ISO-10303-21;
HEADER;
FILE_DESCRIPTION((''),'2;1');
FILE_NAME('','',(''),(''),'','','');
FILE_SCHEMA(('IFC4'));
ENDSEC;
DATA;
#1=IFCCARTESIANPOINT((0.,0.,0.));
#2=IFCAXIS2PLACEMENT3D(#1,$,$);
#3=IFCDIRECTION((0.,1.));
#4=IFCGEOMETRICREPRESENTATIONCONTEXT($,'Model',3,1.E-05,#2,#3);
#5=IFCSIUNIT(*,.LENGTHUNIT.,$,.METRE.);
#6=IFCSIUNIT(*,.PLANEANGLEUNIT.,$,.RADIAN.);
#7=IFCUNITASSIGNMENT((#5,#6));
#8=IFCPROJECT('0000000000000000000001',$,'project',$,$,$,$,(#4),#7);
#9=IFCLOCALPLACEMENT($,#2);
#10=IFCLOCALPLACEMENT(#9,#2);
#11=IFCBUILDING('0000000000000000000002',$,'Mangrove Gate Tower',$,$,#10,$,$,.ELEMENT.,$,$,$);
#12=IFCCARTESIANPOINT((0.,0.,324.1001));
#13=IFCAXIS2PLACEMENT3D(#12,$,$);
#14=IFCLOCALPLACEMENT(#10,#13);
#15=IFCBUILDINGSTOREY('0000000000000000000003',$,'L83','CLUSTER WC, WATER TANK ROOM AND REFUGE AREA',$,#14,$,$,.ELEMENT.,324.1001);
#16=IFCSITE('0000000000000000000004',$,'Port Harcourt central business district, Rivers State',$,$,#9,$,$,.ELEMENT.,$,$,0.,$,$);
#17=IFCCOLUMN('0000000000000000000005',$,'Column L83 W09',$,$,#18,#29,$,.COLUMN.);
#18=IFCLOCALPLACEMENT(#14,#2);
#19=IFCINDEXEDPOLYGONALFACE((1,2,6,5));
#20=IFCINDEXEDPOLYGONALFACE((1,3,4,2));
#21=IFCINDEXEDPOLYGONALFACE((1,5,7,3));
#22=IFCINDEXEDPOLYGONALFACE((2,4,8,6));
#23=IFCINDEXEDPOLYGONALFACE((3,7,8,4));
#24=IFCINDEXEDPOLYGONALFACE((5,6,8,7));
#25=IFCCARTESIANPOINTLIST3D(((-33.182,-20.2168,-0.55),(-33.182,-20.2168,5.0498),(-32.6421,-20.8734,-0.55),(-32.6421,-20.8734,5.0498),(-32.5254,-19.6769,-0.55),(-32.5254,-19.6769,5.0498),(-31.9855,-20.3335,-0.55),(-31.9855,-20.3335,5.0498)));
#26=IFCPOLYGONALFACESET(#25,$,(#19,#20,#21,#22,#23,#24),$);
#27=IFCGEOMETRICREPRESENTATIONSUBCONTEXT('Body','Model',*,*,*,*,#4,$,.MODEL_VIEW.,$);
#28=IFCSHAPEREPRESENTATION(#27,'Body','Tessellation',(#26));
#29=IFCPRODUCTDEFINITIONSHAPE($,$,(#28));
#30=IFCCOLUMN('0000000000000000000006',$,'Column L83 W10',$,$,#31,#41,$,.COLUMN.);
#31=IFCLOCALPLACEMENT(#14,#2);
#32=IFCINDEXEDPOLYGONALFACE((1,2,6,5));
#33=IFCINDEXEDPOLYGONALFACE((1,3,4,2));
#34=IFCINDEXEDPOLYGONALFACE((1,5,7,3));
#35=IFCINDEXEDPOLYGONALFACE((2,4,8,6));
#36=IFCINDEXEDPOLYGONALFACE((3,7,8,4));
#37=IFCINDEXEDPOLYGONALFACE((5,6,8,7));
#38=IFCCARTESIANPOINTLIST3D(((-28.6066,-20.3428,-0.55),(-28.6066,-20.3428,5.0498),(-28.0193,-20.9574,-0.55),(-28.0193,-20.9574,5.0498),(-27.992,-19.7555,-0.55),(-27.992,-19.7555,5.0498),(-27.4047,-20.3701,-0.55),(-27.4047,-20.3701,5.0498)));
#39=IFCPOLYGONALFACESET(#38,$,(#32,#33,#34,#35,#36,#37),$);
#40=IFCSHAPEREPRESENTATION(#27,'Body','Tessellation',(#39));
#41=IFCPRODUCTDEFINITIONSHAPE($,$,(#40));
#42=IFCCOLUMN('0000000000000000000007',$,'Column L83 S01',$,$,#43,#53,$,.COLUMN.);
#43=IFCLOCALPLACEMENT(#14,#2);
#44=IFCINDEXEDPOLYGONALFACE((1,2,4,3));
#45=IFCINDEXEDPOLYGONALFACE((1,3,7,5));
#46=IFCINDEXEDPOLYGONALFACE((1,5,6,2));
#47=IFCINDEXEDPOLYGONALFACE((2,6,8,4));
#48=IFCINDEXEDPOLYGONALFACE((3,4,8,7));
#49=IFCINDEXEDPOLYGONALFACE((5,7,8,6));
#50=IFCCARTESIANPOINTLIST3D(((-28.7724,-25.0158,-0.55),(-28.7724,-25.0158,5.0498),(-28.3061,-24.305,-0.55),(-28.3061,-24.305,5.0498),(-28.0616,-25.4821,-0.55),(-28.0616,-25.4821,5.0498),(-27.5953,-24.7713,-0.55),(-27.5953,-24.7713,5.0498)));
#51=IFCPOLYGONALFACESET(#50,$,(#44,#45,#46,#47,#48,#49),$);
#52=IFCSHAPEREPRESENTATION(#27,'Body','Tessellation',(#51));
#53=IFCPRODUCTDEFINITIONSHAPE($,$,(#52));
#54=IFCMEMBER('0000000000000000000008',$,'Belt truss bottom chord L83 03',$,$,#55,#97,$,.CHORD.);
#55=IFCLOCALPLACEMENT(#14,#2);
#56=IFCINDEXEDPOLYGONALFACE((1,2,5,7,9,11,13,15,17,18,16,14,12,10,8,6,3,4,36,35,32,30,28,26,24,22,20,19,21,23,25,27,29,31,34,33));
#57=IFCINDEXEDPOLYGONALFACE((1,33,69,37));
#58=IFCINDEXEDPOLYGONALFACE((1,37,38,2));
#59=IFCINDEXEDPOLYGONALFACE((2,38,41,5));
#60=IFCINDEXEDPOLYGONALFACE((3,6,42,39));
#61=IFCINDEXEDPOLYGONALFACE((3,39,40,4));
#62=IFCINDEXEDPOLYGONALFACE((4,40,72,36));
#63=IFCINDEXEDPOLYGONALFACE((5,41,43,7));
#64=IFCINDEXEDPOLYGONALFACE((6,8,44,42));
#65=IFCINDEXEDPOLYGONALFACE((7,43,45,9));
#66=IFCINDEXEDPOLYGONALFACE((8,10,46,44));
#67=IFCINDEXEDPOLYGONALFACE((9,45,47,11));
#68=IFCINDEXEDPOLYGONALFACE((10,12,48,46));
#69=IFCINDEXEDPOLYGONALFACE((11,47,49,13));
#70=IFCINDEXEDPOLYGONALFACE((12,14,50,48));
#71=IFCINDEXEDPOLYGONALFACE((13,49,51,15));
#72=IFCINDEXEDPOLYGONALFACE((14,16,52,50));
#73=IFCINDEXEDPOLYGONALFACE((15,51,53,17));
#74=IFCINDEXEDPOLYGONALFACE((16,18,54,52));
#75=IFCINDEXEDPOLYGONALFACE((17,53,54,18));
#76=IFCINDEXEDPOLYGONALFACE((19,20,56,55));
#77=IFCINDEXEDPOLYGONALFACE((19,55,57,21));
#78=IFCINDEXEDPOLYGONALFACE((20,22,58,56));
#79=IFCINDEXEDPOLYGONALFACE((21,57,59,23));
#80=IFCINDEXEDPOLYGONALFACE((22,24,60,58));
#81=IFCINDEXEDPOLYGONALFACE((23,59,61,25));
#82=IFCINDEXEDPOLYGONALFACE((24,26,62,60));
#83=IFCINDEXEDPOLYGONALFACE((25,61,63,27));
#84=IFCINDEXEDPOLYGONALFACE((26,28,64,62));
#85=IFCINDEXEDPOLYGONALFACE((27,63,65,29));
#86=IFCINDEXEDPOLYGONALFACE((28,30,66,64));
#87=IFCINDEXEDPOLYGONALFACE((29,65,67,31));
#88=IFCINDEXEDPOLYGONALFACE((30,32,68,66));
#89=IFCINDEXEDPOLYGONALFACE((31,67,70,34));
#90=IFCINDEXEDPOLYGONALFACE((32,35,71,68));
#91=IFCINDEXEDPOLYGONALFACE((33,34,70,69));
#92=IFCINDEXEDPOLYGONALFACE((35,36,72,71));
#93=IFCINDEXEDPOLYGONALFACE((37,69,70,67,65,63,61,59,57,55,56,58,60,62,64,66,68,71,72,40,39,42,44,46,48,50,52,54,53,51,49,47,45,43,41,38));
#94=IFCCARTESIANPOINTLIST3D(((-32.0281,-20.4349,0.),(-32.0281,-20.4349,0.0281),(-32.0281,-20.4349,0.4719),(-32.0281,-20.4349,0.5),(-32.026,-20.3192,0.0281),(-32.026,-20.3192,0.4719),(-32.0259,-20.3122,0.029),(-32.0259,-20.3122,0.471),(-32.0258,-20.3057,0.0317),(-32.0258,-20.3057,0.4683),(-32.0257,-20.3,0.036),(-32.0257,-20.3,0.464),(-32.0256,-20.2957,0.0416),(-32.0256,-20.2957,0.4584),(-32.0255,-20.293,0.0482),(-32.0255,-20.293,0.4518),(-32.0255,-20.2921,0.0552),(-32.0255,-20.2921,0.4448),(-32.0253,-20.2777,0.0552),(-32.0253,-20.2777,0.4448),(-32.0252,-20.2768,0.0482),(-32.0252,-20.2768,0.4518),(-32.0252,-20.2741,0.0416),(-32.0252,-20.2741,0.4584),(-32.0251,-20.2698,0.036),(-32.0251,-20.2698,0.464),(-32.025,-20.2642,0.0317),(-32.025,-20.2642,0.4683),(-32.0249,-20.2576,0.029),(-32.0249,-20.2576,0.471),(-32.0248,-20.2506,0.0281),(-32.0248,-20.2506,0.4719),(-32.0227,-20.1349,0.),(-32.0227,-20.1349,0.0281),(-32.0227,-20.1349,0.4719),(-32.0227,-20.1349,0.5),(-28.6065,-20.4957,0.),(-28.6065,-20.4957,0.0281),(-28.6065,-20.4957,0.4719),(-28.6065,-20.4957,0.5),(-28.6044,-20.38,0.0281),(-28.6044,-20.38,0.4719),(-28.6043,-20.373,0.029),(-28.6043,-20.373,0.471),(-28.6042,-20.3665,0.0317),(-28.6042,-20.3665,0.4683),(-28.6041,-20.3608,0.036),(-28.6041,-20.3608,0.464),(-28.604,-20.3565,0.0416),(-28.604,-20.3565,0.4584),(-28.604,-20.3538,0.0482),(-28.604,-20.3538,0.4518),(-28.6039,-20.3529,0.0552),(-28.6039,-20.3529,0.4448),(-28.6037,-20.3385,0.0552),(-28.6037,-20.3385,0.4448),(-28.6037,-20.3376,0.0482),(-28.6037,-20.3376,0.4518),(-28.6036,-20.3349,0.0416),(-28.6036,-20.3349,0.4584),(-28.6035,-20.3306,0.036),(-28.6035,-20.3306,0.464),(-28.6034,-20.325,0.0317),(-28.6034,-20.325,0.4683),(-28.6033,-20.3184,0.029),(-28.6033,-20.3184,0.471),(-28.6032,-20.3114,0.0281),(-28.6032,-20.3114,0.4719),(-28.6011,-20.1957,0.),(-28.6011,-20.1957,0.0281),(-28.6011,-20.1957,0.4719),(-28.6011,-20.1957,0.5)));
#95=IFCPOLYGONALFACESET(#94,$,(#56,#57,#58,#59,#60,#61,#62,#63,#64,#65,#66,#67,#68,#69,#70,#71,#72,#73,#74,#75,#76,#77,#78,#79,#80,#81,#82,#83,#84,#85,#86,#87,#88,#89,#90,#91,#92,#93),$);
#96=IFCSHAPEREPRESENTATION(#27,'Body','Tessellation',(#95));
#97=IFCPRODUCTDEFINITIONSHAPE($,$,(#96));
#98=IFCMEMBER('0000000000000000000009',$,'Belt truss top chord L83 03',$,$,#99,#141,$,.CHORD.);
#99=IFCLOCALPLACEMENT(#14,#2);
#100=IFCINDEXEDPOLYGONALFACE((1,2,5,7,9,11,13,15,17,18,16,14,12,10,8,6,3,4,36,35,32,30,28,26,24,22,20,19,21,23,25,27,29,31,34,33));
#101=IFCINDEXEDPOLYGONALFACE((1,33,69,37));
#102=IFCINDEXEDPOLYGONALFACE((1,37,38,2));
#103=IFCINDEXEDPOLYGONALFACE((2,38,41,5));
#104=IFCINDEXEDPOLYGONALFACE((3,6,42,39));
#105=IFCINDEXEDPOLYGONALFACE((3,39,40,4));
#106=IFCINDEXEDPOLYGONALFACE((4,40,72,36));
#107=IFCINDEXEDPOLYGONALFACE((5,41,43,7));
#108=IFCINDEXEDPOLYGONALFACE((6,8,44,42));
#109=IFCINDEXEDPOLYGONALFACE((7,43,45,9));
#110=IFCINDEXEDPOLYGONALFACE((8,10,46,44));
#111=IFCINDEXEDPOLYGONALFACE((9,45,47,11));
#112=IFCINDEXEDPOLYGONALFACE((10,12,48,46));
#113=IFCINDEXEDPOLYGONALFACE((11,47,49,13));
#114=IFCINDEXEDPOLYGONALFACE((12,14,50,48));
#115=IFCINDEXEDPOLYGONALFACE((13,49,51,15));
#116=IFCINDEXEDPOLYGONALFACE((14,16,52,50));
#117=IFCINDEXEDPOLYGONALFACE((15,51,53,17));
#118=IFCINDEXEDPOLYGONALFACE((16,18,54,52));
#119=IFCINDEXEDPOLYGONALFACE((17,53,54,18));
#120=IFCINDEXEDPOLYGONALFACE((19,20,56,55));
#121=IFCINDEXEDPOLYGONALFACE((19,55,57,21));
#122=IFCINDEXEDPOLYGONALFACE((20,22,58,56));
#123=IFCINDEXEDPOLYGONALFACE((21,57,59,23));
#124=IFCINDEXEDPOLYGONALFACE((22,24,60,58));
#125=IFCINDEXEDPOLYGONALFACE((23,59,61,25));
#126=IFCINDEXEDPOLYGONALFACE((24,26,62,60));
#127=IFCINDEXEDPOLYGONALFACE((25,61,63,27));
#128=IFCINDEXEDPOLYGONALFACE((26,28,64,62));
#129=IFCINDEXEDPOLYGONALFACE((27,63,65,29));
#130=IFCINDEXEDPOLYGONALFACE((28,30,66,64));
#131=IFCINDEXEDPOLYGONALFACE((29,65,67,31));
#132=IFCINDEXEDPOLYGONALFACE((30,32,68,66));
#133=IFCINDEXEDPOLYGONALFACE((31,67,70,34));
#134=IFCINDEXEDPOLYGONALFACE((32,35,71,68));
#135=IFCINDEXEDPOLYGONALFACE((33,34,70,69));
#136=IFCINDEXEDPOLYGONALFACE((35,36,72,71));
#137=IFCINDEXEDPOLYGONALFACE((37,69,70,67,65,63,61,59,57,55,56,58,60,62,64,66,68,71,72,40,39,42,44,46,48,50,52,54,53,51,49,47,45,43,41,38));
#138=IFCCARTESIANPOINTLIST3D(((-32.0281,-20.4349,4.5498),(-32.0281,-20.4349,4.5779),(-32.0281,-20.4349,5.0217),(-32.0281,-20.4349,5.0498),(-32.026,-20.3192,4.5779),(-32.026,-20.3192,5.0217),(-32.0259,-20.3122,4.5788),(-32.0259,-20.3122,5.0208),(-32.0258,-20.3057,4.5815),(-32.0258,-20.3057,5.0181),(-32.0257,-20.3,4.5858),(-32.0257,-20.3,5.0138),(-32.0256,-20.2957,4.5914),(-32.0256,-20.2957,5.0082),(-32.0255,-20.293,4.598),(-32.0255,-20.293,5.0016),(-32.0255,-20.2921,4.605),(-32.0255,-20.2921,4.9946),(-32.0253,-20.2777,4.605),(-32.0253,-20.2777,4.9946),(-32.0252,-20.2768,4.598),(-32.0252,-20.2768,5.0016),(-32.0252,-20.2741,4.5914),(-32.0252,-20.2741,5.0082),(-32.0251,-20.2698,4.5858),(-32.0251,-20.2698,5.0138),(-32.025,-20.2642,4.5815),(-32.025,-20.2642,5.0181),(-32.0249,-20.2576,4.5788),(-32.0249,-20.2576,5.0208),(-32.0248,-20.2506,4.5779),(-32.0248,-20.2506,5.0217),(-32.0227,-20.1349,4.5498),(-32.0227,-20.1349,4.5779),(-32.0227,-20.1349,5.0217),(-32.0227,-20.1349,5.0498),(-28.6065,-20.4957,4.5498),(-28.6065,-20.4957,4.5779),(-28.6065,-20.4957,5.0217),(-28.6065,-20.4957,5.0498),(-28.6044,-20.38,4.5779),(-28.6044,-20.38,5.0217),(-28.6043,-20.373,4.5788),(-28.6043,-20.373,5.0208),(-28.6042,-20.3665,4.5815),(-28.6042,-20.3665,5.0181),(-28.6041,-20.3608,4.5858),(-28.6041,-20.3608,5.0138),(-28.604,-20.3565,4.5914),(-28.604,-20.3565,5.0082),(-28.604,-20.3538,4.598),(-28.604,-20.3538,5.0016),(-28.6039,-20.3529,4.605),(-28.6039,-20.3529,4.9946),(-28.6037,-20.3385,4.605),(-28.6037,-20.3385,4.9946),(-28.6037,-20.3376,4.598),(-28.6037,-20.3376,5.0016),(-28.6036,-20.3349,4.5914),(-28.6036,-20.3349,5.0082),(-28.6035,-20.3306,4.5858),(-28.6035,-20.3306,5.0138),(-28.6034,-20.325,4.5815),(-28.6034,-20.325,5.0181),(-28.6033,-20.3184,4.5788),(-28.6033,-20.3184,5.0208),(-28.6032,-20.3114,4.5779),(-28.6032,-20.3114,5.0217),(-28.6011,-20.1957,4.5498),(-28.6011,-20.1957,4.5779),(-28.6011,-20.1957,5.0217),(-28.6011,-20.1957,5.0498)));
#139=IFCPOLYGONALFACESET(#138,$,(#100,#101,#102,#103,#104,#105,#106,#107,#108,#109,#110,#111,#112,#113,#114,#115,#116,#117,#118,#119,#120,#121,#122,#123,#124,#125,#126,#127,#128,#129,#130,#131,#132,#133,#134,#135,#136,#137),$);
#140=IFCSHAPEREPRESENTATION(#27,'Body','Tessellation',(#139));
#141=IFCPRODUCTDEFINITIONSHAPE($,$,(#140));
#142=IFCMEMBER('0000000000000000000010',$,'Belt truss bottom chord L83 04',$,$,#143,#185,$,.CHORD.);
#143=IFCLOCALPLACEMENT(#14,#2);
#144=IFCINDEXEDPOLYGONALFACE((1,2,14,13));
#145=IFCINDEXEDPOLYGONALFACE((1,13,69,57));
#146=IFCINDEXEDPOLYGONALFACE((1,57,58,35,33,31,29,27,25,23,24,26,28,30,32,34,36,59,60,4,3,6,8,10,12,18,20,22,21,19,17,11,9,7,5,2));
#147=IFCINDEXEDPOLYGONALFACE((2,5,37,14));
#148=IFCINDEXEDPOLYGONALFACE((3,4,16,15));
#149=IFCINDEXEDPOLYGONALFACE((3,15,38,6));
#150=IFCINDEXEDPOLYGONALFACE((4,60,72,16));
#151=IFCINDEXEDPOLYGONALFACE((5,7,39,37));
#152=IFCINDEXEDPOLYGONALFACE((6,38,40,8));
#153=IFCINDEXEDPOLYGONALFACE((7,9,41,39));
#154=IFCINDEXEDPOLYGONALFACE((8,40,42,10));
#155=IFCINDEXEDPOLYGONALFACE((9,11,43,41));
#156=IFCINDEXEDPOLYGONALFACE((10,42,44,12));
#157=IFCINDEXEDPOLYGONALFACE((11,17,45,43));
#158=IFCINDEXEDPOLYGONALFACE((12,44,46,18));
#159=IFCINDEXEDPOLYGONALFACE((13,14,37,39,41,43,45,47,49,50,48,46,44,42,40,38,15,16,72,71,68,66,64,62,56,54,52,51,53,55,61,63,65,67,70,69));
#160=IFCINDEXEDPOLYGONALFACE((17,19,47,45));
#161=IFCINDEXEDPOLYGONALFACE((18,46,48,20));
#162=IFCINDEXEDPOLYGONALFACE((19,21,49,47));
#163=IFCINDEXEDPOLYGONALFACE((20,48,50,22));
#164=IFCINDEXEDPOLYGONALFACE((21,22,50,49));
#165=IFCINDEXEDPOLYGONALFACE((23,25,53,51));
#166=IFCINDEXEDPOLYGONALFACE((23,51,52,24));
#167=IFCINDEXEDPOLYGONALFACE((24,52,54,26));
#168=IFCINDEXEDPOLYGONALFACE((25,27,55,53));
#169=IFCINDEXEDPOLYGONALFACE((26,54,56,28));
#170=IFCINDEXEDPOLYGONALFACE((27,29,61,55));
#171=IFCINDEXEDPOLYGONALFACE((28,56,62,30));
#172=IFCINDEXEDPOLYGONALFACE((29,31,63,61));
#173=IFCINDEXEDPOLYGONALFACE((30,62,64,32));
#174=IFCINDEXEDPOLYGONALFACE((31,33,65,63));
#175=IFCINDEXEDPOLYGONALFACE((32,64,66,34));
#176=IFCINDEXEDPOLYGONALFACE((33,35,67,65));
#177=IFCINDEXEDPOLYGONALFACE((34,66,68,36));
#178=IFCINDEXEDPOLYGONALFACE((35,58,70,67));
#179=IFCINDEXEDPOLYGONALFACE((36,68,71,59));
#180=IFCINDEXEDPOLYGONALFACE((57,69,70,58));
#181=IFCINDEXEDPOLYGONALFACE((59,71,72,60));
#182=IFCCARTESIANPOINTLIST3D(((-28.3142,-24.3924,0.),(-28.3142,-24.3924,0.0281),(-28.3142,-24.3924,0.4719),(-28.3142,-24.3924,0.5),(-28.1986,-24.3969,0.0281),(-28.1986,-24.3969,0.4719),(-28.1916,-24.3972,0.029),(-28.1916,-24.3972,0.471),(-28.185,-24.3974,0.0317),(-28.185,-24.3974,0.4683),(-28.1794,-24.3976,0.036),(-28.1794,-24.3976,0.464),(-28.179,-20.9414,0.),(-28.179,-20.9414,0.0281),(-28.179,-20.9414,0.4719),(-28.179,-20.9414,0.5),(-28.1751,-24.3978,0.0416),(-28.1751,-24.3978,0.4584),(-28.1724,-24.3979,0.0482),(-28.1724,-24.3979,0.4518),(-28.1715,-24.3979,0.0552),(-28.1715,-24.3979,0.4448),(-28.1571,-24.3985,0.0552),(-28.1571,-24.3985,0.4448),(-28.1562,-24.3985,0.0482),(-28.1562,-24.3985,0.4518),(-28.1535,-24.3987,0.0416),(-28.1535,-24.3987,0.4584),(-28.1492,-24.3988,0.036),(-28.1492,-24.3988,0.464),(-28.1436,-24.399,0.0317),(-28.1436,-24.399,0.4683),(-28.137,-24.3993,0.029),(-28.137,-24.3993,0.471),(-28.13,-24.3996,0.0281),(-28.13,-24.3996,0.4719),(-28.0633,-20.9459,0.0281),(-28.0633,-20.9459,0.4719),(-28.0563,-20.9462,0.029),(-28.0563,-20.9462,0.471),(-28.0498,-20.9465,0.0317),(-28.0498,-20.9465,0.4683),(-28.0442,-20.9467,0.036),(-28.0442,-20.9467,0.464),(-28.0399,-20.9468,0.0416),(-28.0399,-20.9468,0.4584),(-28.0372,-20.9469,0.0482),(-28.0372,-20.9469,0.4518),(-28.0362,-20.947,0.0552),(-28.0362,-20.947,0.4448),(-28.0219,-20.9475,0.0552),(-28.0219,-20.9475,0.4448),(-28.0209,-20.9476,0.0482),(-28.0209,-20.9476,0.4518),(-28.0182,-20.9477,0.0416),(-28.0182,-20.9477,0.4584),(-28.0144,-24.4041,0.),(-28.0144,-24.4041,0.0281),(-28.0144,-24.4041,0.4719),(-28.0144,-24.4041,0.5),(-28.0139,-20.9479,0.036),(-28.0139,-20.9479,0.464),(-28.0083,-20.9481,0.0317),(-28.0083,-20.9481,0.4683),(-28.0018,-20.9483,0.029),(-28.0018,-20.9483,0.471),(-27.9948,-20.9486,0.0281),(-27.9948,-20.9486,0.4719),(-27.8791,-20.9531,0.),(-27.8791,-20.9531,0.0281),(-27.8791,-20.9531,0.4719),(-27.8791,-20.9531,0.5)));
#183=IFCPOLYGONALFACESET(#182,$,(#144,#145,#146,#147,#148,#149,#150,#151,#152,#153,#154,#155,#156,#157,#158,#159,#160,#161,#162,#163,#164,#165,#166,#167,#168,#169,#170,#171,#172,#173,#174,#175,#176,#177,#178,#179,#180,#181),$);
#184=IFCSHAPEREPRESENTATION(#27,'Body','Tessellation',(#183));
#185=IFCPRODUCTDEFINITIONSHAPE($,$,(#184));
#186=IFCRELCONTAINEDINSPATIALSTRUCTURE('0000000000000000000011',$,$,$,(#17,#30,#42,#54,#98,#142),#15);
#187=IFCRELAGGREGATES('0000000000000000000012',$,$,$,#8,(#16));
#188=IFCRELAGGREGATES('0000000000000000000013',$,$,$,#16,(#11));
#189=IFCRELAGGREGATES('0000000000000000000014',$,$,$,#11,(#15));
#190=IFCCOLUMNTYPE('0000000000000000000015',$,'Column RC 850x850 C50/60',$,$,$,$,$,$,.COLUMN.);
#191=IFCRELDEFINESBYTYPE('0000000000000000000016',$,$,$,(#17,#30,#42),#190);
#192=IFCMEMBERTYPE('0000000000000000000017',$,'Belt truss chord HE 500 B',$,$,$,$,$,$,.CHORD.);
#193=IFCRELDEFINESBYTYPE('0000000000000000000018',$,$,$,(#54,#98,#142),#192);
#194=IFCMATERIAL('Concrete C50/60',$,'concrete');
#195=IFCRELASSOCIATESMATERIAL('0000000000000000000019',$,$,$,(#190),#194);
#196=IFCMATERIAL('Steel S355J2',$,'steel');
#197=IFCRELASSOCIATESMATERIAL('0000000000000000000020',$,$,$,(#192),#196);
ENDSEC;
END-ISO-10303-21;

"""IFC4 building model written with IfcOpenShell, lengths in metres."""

from ifc_helpers import new_model, si_unit, direction, frame, origin, origin_2d, place, context, subcontext, project, spatial, rectangle, i_section, extrude, material, material_profile, profile_set, type_object, element, save


model = new_model("IFC4")

# Units and contexts
model_context = context("Model", 3, precision=1e-05, world=origin(), true_north=direction((0.0, 1.0)))
body_context = subcontext(model_context, "Body", "Model", "MODEL_VIEW")
ifc_project = project(units=[si_unit("LENGTHUNIT", "METRE"), si_unit("PLANEANGLEUNIT", "RADIAN")], contexts=[model_context])

# Site, building, storey
site_placement = place(None, origin())
site = spatial("IfcSite", under=ifc_project, at=site_placement, Name="Port Harcourt central business district, Rivers State", CompositionType="ELEMENT", RefElevation=0.0)
building_placement = place(site_placement, origin())
building = spatial("IfcBuilding", under=site, at=building_placement, Name="Mangrove Gate Tower", CompositionType="ELEMENT")
storey_placement = place(building_placement, frame((0.0, 0.0, 324.1001)))
storey = spatial("IfcBuildingStorey", under=building, at=storey_placement, Name="L83", Description="CLUSTER WC, WATER TANK ROOM AND REFUGE AREA", CompositionType="ELEMENT", Elevation=324.1001)

# Columns
ifc_material_1 = material(Name="Concrete C50/60", Category="concrete")
ifc_material_profile_1 = material_profile(ifc_material_1, rectangle(XDim=0.8501, YDim=0.8501, at=origin_2d()))
ifc_profile_set_1 = profile_set([ifc_material_profile_1], Name="Concrete C50/60")
column_type = type_object("IfcColumnType", Name="Column RC 850x850 C50/60", PredefinedType="COLUMN", material=ifc_profile_set_1)
for number, where, z_axis, x_axis, name in (
    (1, (-32.5837, -20.2751, -0.55), (0.0, 0.0, 1.0), (0.635105, -0.772425, 0.0), "Column L83 W09"),
    (2, (-28.0056, -20.3564, -0.55), (0.0, 0.0, 1.0), (0.690863, -0.722986, 0.0), "Column L83 W10"),
    (3, (-28.1838, -24.8936, -0.55), (0.0, 0.0, 1.0), (0.836135, -0.548523, 0.0), "Column L83 S01"),
):
    element("IfcColumn", number, at=place(storey_placement, frame(where, z_axis=z_axis, x_axis=x_axis)), inside=storey, type_object=column_type, Name=name, PredefinedType="COLUMN", context=body_context, shape_type="SweptSolid", body=[
        extrude(rectangle(XDim=0.8501, YDim=0.8501, at=origin_2d()), origin(), (0.0, 0.0, 1.0), 5.5999),
    ])

# Members
ifc_material_2 = material(Name="Steel S355J2", Category="steel")
ifc_material_profile_2 = material_profile(ifc_material_2, i_section(OverallWidth=0.3, OverallDepth=0.5, WebThickness=0.0144, FlangeThickness=0.0281, FilletRadius=0.0271, at=origin_2d()))
ifc_profile_set_2 = profile_set([ifc_material_profile_2], Name="Steel S355J2")
member_type_1 = type_object("IfcMemberType", Name="Belt truss chord HE 500 B", PredefinedType="CHORD", material=ifc_profile_set_2)
for number, where, z_axis, x_axis, name in (
    (4, (-32.0254, -20.2849, 0.25), (0.999842, -0.017764, 0.0), (0.017764, 0.999842, 0.0), "Belt truss bottom chord L83 03"),
    (5, (-32.0254, -20.2849, 4.7998), (0.999842, -0.017764, 0.0), (0.017764, 0.999842, 0.0), "Belt truss top chord L83 03"),
):
    element("IfcMember", number, at=place(storey_placement, frame(where, z_axis=z_axis, x_axis=x_axis)), inside=storey, type_object=member_type_1, Name=name, PredefinedType="CHORD", context=body_context, shape_type="SweptSolid", body=[
        extrude(i_section(OverallWidth=0.3, OverallDepth=0.5, WebThickness=0.0144, FlangeThickness=0.0281, FilletRadius=0.0271, at=origin_2d()), origin(), (0.0, 0.0, 1.0), 3.4221),
    ])
for number, where, z_axis, x_axis, name in (
    (6, (-28.0291, -20.9473, 0.25), (-0.039163, -0.999233, 0.0), (0.999233, -0.039163, 0.0), "Belt truss bottom chord L83 04"),
):
    element("IfcMember", number, at=place(storey_placement, frame(where, z_axis=z_axis, x_axis=x_axis)), inside=storey, type_object=member_type_1, Name=name, PredefinedType="CHORD", context=body_context, shape_type="SweptSolid", body=[
        extrude(i_section(OverallWidth=0.3, OverallDepth=0.5, WebThickness=0.0144, FlangeThickness=0.0281, FilletRadius=0.0271, at=origin_2d()), origin(), (0.0, 0.0, 1.0), 3.4536),
    ])

save(model, "model.ifc")
